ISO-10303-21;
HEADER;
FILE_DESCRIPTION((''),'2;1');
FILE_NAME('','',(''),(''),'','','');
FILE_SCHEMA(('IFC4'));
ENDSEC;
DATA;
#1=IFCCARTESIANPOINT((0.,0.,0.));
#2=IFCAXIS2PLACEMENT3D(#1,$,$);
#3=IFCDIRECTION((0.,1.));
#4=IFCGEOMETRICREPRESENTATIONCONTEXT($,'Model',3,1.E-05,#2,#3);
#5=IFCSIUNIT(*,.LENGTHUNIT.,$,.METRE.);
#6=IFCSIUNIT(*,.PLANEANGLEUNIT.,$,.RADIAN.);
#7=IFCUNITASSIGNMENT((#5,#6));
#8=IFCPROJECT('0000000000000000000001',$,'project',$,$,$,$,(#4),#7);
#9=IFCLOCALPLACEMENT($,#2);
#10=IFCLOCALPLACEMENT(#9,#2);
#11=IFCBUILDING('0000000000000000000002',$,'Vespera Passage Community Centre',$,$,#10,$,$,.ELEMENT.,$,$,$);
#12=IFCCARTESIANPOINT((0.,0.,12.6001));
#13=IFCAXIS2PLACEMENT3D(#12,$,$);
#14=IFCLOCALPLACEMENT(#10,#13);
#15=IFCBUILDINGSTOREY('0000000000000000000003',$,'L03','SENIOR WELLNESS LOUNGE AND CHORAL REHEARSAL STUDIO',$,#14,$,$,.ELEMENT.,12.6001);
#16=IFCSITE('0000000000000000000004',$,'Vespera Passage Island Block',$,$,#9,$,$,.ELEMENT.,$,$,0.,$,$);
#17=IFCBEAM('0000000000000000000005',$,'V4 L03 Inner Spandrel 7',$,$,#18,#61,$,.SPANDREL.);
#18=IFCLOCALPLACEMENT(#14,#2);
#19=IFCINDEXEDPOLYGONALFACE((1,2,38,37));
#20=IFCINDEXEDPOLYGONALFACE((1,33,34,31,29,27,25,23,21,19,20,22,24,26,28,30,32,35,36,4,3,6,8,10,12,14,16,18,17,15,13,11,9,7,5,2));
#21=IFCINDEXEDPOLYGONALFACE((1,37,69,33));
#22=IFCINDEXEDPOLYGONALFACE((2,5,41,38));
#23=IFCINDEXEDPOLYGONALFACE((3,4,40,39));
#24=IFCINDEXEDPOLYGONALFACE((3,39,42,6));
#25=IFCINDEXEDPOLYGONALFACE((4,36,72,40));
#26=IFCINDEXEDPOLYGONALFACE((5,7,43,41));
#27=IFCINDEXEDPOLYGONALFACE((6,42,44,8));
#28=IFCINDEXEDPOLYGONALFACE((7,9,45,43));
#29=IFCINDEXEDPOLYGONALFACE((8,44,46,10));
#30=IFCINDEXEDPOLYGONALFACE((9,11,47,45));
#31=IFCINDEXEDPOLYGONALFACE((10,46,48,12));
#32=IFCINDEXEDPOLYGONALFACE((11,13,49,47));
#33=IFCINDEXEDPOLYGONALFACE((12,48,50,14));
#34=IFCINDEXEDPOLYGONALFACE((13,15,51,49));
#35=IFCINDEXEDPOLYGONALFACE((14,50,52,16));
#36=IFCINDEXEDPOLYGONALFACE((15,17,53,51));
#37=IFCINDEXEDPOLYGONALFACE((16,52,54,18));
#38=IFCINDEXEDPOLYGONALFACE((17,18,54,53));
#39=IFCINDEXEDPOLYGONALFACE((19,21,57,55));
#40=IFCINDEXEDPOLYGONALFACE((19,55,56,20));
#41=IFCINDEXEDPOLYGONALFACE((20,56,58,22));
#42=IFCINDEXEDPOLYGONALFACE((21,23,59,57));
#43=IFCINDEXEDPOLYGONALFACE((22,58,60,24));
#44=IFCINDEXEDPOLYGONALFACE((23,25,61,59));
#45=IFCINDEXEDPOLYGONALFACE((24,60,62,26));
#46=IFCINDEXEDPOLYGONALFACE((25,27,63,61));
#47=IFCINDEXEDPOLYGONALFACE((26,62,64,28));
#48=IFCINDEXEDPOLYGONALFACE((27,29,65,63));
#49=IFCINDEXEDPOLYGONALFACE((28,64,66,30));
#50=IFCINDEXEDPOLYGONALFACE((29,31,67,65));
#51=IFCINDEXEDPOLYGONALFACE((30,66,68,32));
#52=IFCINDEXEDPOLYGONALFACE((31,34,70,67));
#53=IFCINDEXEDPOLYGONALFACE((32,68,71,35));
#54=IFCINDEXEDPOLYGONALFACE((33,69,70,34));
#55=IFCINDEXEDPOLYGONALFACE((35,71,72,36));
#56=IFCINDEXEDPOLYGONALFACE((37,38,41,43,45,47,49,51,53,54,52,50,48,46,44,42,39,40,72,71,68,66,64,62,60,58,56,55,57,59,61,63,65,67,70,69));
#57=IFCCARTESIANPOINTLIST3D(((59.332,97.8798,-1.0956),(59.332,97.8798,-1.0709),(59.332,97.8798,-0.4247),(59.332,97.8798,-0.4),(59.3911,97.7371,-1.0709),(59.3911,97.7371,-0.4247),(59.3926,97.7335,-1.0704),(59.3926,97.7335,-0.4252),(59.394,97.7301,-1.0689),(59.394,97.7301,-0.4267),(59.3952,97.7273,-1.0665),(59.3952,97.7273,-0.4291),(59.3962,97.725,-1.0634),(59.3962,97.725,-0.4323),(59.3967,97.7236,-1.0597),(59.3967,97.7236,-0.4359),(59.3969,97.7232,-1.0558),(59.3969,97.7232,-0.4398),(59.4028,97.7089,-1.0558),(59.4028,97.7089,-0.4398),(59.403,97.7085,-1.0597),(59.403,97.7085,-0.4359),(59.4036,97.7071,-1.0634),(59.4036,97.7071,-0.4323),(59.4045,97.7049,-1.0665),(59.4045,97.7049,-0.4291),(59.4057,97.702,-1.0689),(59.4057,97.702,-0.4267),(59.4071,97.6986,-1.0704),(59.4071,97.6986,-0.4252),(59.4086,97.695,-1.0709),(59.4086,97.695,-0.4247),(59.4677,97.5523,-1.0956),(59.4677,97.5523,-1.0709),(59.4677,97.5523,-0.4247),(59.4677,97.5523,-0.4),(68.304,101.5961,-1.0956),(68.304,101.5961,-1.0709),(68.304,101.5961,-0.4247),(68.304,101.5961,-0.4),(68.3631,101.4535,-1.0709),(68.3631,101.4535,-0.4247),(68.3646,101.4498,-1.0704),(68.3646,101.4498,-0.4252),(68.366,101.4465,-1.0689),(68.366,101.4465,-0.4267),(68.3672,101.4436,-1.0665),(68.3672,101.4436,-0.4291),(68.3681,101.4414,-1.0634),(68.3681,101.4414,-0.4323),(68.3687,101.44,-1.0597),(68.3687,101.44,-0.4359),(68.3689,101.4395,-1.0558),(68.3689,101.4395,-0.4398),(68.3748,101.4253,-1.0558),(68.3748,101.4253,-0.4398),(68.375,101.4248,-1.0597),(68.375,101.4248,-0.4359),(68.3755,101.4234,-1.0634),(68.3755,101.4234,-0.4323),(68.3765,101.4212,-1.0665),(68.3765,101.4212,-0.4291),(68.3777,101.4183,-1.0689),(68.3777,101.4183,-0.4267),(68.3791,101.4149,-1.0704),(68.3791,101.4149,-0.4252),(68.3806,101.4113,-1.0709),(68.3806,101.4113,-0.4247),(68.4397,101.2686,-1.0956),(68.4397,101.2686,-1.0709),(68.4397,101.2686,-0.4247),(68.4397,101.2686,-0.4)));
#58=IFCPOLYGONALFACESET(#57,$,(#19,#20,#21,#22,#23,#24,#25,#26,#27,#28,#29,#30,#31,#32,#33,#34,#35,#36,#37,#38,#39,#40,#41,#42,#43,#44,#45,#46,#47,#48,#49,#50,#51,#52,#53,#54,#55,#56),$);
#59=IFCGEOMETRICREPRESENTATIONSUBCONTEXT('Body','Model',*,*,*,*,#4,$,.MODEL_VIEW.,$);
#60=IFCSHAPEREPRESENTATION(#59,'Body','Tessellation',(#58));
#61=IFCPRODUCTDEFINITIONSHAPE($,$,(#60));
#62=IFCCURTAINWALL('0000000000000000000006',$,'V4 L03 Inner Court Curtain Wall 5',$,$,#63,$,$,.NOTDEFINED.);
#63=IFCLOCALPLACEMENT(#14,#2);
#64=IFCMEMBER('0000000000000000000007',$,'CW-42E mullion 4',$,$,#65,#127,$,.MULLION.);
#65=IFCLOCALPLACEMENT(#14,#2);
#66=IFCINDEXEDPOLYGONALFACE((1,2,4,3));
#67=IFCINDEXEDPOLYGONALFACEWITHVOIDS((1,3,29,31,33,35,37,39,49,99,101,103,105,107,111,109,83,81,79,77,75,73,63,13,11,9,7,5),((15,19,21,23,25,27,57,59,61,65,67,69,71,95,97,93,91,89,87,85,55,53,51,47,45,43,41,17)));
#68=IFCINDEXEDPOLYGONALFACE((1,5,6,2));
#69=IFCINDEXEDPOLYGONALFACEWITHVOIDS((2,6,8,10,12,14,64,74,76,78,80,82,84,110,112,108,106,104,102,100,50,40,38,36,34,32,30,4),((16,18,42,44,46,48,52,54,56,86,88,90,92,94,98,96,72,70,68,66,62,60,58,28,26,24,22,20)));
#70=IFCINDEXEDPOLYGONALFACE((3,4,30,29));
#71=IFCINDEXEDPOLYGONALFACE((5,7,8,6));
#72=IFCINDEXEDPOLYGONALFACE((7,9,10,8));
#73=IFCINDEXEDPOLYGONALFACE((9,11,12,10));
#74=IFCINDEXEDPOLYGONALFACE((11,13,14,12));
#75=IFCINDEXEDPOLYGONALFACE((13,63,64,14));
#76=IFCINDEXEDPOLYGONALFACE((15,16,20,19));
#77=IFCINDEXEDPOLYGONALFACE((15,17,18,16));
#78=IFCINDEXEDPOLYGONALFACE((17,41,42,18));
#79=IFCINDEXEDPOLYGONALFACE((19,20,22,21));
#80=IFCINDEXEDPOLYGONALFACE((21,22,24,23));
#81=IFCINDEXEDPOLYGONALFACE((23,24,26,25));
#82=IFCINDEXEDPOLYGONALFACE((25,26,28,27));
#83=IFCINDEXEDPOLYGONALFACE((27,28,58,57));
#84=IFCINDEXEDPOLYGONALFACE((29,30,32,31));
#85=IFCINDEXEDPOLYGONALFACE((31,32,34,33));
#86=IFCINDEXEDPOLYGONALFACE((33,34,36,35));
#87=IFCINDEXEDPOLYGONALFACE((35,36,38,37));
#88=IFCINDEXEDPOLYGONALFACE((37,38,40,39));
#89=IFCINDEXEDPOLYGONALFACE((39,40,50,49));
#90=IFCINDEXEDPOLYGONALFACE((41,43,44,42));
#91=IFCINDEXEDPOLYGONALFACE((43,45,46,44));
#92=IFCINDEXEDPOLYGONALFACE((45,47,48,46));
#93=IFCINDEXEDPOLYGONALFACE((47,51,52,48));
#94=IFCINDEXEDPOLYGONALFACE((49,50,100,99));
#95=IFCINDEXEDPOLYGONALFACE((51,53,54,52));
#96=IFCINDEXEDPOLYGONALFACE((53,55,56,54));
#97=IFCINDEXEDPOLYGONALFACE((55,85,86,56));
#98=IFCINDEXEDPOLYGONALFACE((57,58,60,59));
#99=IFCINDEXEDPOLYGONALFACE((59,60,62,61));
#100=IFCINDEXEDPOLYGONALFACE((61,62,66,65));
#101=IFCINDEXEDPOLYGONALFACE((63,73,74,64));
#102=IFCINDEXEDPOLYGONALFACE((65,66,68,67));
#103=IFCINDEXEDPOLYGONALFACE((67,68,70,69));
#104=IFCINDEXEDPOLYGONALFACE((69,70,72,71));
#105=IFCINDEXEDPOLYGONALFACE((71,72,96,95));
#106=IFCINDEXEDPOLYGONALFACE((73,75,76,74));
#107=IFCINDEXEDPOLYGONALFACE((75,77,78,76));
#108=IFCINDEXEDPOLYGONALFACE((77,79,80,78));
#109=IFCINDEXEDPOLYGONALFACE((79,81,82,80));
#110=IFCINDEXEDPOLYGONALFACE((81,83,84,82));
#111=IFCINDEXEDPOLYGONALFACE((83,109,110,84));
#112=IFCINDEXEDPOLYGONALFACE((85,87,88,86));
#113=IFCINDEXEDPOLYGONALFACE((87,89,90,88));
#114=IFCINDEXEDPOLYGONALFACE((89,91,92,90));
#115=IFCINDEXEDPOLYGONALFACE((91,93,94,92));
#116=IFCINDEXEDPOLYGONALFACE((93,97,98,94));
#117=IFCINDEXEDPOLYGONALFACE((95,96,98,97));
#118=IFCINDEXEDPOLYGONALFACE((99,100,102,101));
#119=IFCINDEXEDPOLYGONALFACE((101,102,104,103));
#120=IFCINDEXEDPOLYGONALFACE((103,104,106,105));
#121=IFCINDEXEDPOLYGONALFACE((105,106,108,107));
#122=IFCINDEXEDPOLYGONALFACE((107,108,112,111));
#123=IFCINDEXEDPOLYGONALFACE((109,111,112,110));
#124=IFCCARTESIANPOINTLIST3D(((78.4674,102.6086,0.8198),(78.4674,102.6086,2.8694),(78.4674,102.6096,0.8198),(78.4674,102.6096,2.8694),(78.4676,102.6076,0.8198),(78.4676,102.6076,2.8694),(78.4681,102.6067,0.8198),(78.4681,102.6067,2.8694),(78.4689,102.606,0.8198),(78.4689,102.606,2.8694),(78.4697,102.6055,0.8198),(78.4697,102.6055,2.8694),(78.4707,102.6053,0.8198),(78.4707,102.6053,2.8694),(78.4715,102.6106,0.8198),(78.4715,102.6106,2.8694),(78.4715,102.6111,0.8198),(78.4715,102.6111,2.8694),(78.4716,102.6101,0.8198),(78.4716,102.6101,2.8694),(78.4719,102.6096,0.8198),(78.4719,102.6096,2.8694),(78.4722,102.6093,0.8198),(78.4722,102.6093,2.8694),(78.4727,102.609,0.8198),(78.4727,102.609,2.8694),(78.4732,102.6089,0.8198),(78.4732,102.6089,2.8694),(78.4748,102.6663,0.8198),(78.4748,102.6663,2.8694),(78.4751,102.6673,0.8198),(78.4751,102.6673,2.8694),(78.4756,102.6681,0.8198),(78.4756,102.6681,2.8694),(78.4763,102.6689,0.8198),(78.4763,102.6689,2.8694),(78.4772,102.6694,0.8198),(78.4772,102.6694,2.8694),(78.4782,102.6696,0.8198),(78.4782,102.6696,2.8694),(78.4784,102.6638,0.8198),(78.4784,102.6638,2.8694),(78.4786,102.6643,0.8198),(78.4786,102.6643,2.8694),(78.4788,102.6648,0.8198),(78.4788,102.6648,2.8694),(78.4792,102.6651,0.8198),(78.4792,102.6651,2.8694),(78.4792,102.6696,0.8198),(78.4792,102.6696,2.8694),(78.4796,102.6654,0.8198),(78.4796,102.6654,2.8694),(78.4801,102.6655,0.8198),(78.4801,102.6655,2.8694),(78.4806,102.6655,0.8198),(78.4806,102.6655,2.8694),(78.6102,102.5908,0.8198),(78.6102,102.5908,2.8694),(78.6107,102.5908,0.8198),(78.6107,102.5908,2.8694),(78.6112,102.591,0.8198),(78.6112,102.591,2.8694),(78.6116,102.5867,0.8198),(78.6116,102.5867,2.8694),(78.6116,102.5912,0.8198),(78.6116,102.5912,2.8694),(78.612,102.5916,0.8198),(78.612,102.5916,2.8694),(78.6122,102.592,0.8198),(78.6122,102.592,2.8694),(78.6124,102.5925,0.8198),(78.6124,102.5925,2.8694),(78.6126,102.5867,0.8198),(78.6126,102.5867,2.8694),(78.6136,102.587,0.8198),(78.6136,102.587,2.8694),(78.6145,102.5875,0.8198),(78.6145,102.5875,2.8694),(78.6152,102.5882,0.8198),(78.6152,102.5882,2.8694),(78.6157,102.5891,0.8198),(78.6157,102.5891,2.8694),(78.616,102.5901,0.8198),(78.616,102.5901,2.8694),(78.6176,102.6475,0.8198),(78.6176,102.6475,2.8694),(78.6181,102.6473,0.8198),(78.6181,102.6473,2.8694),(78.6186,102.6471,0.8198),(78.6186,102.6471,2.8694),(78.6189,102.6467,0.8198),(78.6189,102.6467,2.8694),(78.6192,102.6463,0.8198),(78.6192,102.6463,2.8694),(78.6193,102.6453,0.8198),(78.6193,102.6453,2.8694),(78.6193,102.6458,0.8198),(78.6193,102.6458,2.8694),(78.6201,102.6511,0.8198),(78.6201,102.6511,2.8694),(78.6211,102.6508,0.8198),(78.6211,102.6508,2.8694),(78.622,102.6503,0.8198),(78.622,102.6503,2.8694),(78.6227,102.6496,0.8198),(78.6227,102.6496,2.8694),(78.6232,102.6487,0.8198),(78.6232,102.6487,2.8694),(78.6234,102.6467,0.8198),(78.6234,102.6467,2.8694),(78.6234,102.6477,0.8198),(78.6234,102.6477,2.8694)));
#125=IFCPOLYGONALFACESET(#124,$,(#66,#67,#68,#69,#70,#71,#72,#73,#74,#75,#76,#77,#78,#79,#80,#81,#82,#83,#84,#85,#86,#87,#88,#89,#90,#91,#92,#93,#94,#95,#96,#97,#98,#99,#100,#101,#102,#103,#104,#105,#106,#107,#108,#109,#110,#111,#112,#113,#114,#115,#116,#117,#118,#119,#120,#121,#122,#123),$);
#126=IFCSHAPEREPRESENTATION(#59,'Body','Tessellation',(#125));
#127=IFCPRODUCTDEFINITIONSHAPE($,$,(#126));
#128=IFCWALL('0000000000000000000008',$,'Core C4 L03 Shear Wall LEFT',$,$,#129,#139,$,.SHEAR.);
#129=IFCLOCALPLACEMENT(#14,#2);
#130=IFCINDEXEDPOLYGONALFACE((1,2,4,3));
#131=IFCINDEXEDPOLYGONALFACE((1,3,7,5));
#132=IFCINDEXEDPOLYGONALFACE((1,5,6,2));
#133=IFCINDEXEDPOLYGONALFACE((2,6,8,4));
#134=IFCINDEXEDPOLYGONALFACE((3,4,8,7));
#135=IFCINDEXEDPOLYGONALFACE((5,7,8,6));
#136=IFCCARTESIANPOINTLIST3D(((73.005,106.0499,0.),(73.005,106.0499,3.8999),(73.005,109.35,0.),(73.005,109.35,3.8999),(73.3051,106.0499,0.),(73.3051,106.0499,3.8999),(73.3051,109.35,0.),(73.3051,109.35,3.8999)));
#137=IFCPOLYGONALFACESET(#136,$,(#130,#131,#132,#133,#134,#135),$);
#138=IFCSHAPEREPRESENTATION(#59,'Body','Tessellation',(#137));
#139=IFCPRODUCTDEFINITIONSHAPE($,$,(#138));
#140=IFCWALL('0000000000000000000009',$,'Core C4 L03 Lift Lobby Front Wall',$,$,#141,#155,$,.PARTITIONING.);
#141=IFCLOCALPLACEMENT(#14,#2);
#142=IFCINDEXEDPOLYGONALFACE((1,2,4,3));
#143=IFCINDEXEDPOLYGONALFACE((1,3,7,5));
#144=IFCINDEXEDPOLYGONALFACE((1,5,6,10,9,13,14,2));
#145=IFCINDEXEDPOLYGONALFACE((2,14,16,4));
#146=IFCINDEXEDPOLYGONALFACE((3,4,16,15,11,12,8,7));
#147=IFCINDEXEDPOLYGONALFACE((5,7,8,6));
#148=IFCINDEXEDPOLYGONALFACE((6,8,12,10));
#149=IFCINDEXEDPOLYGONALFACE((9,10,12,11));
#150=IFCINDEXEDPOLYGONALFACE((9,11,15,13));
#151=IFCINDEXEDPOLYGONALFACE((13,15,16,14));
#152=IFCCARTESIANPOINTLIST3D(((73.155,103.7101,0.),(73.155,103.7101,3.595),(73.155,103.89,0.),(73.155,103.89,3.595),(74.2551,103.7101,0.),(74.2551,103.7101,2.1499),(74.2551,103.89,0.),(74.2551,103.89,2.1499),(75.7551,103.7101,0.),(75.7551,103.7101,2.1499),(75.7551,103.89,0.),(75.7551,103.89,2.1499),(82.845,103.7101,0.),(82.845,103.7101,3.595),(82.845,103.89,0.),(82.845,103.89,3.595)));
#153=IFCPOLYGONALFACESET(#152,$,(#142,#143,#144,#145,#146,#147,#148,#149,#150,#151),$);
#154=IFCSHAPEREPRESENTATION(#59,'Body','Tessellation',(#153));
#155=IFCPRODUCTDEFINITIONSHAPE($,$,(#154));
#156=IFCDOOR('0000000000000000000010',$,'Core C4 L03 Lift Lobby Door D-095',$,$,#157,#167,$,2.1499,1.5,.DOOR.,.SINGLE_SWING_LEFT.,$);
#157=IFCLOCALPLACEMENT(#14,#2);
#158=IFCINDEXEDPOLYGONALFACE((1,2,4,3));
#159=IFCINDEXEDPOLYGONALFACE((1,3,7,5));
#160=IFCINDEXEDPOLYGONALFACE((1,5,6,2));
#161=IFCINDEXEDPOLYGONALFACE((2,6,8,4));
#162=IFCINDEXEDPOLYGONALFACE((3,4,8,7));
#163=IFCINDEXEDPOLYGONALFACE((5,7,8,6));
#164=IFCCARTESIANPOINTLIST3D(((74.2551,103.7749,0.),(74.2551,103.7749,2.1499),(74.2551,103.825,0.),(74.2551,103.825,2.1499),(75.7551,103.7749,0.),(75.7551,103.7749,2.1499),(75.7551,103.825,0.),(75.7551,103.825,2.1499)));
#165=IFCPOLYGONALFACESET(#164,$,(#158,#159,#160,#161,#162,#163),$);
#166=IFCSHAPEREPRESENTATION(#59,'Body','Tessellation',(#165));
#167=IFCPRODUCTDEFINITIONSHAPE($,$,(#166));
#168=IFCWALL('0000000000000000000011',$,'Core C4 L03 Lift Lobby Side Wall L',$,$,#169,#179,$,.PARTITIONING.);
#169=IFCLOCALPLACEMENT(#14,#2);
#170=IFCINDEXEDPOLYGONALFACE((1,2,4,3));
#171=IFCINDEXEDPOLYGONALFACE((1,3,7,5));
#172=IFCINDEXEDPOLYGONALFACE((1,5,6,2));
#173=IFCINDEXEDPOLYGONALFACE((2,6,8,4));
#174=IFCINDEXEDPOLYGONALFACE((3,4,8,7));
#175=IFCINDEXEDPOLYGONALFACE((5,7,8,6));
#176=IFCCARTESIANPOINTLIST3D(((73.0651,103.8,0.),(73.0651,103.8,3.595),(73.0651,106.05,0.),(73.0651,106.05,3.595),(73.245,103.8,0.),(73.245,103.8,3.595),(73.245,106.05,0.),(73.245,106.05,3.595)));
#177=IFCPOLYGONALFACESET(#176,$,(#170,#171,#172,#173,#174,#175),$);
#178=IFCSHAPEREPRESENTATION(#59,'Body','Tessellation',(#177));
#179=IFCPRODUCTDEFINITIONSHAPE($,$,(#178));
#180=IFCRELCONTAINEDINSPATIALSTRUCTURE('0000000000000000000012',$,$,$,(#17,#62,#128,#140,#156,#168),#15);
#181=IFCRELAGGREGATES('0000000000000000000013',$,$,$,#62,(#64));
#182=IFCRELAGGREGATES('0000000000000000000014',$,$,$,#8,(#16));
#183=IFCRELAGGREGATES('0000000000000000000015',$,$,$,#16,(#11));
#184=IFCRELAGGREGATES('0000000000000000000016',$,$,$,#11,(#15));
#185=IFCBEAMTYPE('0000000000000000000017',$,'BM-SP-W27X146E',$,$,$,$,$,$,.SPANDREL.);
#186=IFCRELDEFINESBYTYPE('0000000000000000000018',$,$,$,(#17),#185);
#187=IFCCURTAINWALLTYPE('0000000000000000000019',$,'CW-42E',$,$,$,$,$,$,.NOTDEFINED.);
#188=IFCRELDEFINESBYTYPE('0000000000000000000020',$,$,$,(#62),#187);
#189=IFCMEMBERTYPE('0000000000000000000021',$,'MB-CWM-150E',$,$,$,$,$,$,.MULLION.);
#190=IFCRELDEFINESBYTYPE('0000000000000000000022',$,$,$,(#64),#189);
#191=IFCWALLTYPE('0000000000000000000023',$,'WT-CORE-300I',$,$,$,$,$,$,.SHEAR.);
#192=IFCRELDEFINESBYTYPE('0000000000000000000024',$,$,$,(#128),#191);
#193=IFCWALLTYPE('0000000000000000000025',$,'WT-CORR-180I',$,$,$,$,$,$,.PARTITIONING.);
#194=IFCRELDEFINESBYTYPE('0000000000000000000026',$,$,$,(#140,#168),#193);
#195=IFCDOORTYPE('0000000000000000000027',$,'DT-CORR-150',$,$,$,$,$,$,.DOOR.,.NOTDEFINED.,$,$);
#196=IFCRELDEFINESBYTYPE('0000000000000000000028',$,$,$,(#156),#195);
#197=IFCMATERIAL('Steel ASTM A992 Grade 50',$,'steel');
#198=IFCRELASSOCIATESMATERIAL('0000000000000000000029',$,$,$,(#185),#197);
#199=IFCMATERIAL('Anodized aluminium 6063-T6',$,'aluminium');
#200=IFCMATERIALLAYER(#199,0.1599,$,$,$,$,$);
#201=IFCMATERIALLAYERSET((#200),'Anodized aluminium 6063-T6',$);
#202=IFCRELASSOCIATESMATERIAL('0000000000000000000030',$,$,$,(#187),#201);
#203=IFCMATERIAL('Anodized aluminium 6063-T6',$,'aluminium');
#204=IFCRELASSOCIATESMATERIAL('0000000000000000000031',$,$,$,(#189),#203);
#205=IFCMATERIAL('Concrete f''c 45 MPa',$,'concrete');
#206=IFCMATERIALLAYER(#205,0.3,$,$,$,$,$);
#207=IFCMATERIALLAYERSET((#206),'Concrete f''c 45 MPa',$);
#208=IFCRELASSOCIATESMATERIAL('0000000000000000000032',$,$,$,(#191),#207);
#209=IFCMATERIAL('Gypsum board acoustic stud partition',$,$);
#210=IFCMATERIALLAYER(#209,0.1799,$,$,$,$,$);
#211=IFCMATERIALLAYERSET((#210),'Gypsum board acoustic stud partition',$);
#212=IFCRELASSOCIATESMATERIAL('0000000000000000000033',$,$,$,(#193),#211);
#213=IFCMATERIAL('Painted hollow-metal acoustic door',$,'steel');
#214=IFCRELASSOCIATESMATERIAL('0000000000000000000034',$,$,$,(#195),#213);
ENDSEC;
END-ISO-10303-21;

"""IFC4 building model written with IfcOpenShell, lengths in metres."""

from ifc_helpers import new_model, si_unit, direction, frame, frame_2d, origin, origin_2d, place, context, subcontext, project, spatial, rectangle, hollow_rectangle, i_section, extrude, material, layer, layer_set, material_profile, profile_set, type_object, element, fill, aggregate, save


model = new_model("IFC4")

# Units and contexts
model_context = context("Model", 3, precision=1e-05, world=origin(), true_north=direction((0.0, 1.0)))
body_context = subcontext(model_context, "Body", "Model", "MODEL_VIEW")
ifc_project = project(units=[si_unit("LENGTHUNIT", "METRE"), si_unit("PLANEANGLEUNIT", "RADIAN")], contexts=[model_context])

# Site, building, storey
site_placement = place(None, origin())
site = spatial("IfcSite", under=ifc_project, at=site_placement, Name="Vespera Passage Island Block", CompositionType="ELEMENT", RefElevation=0.0)
building_placement = place(site_placement, origin())
building = spatial("IfcBuilding", under=site, at=building_placement, Name="Vespera Passage Community Centre", CompositionType="ELEMENT")
storey_placement = place(building_placement, frame((0.0, 0.0, 12.6001)))
storey = spatial("IfcBuildingStorey", under=building, at=storey_placement, Name="L03", Description="SENIOR WELLNESS LOUNGE AND CHORAL REHEARSAL STUDIO", CompositionType="ELEMENT", Elevation=12.6001)

# Beam
ifc_material_1 = material(Name="Steel ASTM A992 Grade 50", Category="steel")
ifc_material_profile_1 = material_profile(ifc_material_1, i_section(OverallWidth=0.3545, OverallDepth=0.6956, WebThickness=0.0154, FlangeThickness=0.0247, FilletRadius=0.0151, at=origin_2d()), Name="W27X146")
ifc_profile_set_1 = profile_set([ifc_material_profile_1], Name="Steel ASTM A992 Grade 50")
beam_type_1 = type_object("IfcBeamType", Name="BM-SP-W27X146E", PredefinedType="SPANDREL", material=ifc_profile_set_1)
for number, where, z_axis, x_axis, name in (
    (1, (68.3718, 101.4324, -0.7478), (-0.923879, -0.382685, 0.0), (0.382685, -0.923879, 0.0), "V4 L03 Inner Spandrel 7"),
):
    element("IfcBeam", number, at=place(storey_placement, frame(where, z_axis=z_axis, x_axis=x_axis)), inside=storey, type_object=beam_type_1, Name=name, PredefinedType="SPANDREL", context=body_context, shape_type="SweptSolid", body=[
        extrude(i_section(OverallWidth=0.3545, OverallDepth=0.6956, WebThickness=0.0154, FlangeThickness=0.0247, FilletRadius=0.0151, at=origin_2d()), origin(), (0.0, 0.0, 1.0), 9.7112),
    ])

# Curtain wall, member
ifc_material_2 = material(Name="Anodized aluminium 6063-T6", Category="aluminium")
ifc_layer_1 = layer(ifc_material_2, 0.1599)
ifc_layer_set_1 = layer_set([ifc_layer_1], Name="Anodized aluminium 6063-T6")
curtain_wall_type = type_object("IfcCurtainWallType", Name="CW-42E", PredefinedType="NOTDEFINED", material=ifc_layer_set_1)
curtain_wall_placement = place(storey_placement, origin())
curtain_wall = element("IfcCurtainWall", 2, at=curtain_wall_placement, inside=storey, type_object=curtain_wall_type, Name="V4 L03 Inner Court Curtain Wall 5", PredefinedType="NOTDEFINED")
ifc_material_3 = material(Name="Anodized aluminium 6063-T6", Category="aluminium")
ifc_material_profile_2 = material_profile(ifc_material_3, hollow_rectangle(XDim=0.0649, YDim=0.1499, WallThickness=0.0039, InnerFilletRadius=0.002, OuterFilletRadius=0.0039, at=origin_2d()), Name="ALU150X65X4")
ifc_profile_set_2 = profile_set([ifc_material_profile_2], Name="Anodized aluminium 6063-T6")
member_type = type_object("IfcMemberType", Name="MB-CWM-150E", PredefinedType="MULLION", material=ifc_profile_set_2)
member_placement = place(storey_placement, frame((78.5454, 102.6282, 0.8198), z_axis=(0.0, 0.0, 1.0), x_axis=(-0.130522, -0.991445, 0.0)))
member = element("IfcMember", 3, at=member_placement, type_object=member_type, Name="CW-42E mullion 4", PredefinedType="MULLION", context=body_context, shape_type="SweptSolid", body=[
    extrude(hollow_rectangle(XDim=0.0649, YDim=0.1499, WallThickness=0.0039, InnerFilletRadius=0.002, OuterFilletRadius=0.0039, at=origin_2d()), origin(), (0.0, 0.0, 1.0), 2.0496),
])
aggregate(curtain_wall, [member])

# Wall
ifc_material_4 = material(Name="Concrete f'c 45 MPa", Category="concrete")
ifc_layer_2 = layer(ifc_material_4, 0.3)
ifc_layer_set_2 = layer_set([ifc_layer_2], Name="Concrete f'c 45 MPa")
wall_type_1 = type_object("IfcWallType", Name="WT-CORE-300I", PredefinedType="SHEAR", material=ifc_layer_set_2)
wall_1_placement = place(storey_placement, frame((73.155, 106.05, 0.0), z_axis=(0.0, 0.0, 1.0), x_axis=(0.0, 1.0, 0.0)))
element("IfcWall", 4, at=wall_1_placement, inside=storey, type_object=wall_type_1, Name="Core C4 L03 Shear Wall LEFT", PredefinedType="SHEAR", context=body_context, shape_type="SweptSolid", body=[
    extrude(rectangle(XDim=3.3, YDim=0.3, at=frame_2d((1.6499, 0.0))), origin(), (0.0, 0.0, 1.0), 3.8999),
])

# Wall, opening, door
ifc_material_5 = material(Name="Gypsum board acoustic stud partition")
ifc_layer_3 = layer(ifc_material_5, 0.1799)
ifc_layer_set_3 = layer_set([ifc_layer_3], Name="Gypsum board acoustic stud partition")
wall_type_2 = type_object("IfcWallType", Name="WT-CORR-180I", PredefinedType="PARTITIONING", material=ifc_layer_set_3)
wall_2_placement = place(storey_placement, frame((73.155, 103.8, 0.0), z_axis=(0.0, 0.0, 1.0), x_axis=(1.0, 0.0, 0.0)))
wall_2 = element("IfcWall", 5, at=wall_2_placement, inside=storey, type_object=wall_type_2, Name="Core C4 L03 Lift Lobby Front Wall", PredefinedType="PARTITIONING", context=body_context, shape_type="SweptSolid", body=[
    extrude(rectangle(XDim=9.6899, YDim=0.1799, at=frame_2d((4.845, 0.0))), origin(), (0.0, 0.0, 1.0), 3.595),
])
opening_1_placement = place(wall_2_placement, frame((1.1001, 0.0, 0.0)))
opening_1 = element("IfcOpeningElement", 6, at=opening_1_placement, cuts=wall_2, PredefinedType="OPENING", context=body_context, shape_type="SweptSolid", body=[
    extrude(rectangle(XDim=1.5, YDim=2.1499, at=frame_2d((0.75, 1.075))), frame((0.0, 0.0999, 0.0), z_axis=(0.0, -1.0, 0.0), x_axis=(1.0, 0.0, 0.0)), (0.0, 0.0, 1.0), 0.2),
])
ifc_material_6 = material(Name="Painted hollow-metal acoustic door", Category="steel")
door_type_1 = type_object("IfcDoorType", Name="DT-CORR-150", OperationType="NOTDEFINED", PredefinedType="DOOR", material=ifc_material_6)
door_1_placement = place(opening_1_placement, origin())
door_1 = element("IfcDoor", 7, at=door_1_placement, inside=storey, type_object=door_type_1, Name="Core C4 L03 Lift Lobby Door D-095", OperationType="SINGLE_SWING_LEFT", OverallHeight=2.1499, OverallWidth=1.5, PredefinedType="DOOR", context=body_context, shape_type="SweptSolid", body=[
    extrude(rectangle(XDim=1.5, YDim=2.1499, at=frame_2d((0.75, 1.075))), frame((0.0, 0.0249, 0.0), z_axis=(0.0, -1.0, 0.0), x_axis=(1.0, 0.0, 0.0)), (0.0, 0.0, 1.0), 0.05),
])
fill(opening_1, door_1)

# Wall
wall_3_placement = place(storey_placement, frame((73.155, 106.05, 0.0), z_axis=(0.0, 0.0, 1.0), x_axis=(0.0, -1.0, 0.0)))
element("IfcWall", 8, at=wall_3_placement, inside=storey, type_object=wall_type_2, Name="Core C4 L03 Lift Lobby Side Wall L", PredefinedType="PARTITIONING", context=body_context, shape_type="SweptSolid", body=[
    extrude(rectangle(XDim=2.25, YDim=0.1799, at=frame_2d((1.125, 0.0))), origin(), (0.0, 0.0, 1.0), 3.595),
])

save(model, "model.ifc")
